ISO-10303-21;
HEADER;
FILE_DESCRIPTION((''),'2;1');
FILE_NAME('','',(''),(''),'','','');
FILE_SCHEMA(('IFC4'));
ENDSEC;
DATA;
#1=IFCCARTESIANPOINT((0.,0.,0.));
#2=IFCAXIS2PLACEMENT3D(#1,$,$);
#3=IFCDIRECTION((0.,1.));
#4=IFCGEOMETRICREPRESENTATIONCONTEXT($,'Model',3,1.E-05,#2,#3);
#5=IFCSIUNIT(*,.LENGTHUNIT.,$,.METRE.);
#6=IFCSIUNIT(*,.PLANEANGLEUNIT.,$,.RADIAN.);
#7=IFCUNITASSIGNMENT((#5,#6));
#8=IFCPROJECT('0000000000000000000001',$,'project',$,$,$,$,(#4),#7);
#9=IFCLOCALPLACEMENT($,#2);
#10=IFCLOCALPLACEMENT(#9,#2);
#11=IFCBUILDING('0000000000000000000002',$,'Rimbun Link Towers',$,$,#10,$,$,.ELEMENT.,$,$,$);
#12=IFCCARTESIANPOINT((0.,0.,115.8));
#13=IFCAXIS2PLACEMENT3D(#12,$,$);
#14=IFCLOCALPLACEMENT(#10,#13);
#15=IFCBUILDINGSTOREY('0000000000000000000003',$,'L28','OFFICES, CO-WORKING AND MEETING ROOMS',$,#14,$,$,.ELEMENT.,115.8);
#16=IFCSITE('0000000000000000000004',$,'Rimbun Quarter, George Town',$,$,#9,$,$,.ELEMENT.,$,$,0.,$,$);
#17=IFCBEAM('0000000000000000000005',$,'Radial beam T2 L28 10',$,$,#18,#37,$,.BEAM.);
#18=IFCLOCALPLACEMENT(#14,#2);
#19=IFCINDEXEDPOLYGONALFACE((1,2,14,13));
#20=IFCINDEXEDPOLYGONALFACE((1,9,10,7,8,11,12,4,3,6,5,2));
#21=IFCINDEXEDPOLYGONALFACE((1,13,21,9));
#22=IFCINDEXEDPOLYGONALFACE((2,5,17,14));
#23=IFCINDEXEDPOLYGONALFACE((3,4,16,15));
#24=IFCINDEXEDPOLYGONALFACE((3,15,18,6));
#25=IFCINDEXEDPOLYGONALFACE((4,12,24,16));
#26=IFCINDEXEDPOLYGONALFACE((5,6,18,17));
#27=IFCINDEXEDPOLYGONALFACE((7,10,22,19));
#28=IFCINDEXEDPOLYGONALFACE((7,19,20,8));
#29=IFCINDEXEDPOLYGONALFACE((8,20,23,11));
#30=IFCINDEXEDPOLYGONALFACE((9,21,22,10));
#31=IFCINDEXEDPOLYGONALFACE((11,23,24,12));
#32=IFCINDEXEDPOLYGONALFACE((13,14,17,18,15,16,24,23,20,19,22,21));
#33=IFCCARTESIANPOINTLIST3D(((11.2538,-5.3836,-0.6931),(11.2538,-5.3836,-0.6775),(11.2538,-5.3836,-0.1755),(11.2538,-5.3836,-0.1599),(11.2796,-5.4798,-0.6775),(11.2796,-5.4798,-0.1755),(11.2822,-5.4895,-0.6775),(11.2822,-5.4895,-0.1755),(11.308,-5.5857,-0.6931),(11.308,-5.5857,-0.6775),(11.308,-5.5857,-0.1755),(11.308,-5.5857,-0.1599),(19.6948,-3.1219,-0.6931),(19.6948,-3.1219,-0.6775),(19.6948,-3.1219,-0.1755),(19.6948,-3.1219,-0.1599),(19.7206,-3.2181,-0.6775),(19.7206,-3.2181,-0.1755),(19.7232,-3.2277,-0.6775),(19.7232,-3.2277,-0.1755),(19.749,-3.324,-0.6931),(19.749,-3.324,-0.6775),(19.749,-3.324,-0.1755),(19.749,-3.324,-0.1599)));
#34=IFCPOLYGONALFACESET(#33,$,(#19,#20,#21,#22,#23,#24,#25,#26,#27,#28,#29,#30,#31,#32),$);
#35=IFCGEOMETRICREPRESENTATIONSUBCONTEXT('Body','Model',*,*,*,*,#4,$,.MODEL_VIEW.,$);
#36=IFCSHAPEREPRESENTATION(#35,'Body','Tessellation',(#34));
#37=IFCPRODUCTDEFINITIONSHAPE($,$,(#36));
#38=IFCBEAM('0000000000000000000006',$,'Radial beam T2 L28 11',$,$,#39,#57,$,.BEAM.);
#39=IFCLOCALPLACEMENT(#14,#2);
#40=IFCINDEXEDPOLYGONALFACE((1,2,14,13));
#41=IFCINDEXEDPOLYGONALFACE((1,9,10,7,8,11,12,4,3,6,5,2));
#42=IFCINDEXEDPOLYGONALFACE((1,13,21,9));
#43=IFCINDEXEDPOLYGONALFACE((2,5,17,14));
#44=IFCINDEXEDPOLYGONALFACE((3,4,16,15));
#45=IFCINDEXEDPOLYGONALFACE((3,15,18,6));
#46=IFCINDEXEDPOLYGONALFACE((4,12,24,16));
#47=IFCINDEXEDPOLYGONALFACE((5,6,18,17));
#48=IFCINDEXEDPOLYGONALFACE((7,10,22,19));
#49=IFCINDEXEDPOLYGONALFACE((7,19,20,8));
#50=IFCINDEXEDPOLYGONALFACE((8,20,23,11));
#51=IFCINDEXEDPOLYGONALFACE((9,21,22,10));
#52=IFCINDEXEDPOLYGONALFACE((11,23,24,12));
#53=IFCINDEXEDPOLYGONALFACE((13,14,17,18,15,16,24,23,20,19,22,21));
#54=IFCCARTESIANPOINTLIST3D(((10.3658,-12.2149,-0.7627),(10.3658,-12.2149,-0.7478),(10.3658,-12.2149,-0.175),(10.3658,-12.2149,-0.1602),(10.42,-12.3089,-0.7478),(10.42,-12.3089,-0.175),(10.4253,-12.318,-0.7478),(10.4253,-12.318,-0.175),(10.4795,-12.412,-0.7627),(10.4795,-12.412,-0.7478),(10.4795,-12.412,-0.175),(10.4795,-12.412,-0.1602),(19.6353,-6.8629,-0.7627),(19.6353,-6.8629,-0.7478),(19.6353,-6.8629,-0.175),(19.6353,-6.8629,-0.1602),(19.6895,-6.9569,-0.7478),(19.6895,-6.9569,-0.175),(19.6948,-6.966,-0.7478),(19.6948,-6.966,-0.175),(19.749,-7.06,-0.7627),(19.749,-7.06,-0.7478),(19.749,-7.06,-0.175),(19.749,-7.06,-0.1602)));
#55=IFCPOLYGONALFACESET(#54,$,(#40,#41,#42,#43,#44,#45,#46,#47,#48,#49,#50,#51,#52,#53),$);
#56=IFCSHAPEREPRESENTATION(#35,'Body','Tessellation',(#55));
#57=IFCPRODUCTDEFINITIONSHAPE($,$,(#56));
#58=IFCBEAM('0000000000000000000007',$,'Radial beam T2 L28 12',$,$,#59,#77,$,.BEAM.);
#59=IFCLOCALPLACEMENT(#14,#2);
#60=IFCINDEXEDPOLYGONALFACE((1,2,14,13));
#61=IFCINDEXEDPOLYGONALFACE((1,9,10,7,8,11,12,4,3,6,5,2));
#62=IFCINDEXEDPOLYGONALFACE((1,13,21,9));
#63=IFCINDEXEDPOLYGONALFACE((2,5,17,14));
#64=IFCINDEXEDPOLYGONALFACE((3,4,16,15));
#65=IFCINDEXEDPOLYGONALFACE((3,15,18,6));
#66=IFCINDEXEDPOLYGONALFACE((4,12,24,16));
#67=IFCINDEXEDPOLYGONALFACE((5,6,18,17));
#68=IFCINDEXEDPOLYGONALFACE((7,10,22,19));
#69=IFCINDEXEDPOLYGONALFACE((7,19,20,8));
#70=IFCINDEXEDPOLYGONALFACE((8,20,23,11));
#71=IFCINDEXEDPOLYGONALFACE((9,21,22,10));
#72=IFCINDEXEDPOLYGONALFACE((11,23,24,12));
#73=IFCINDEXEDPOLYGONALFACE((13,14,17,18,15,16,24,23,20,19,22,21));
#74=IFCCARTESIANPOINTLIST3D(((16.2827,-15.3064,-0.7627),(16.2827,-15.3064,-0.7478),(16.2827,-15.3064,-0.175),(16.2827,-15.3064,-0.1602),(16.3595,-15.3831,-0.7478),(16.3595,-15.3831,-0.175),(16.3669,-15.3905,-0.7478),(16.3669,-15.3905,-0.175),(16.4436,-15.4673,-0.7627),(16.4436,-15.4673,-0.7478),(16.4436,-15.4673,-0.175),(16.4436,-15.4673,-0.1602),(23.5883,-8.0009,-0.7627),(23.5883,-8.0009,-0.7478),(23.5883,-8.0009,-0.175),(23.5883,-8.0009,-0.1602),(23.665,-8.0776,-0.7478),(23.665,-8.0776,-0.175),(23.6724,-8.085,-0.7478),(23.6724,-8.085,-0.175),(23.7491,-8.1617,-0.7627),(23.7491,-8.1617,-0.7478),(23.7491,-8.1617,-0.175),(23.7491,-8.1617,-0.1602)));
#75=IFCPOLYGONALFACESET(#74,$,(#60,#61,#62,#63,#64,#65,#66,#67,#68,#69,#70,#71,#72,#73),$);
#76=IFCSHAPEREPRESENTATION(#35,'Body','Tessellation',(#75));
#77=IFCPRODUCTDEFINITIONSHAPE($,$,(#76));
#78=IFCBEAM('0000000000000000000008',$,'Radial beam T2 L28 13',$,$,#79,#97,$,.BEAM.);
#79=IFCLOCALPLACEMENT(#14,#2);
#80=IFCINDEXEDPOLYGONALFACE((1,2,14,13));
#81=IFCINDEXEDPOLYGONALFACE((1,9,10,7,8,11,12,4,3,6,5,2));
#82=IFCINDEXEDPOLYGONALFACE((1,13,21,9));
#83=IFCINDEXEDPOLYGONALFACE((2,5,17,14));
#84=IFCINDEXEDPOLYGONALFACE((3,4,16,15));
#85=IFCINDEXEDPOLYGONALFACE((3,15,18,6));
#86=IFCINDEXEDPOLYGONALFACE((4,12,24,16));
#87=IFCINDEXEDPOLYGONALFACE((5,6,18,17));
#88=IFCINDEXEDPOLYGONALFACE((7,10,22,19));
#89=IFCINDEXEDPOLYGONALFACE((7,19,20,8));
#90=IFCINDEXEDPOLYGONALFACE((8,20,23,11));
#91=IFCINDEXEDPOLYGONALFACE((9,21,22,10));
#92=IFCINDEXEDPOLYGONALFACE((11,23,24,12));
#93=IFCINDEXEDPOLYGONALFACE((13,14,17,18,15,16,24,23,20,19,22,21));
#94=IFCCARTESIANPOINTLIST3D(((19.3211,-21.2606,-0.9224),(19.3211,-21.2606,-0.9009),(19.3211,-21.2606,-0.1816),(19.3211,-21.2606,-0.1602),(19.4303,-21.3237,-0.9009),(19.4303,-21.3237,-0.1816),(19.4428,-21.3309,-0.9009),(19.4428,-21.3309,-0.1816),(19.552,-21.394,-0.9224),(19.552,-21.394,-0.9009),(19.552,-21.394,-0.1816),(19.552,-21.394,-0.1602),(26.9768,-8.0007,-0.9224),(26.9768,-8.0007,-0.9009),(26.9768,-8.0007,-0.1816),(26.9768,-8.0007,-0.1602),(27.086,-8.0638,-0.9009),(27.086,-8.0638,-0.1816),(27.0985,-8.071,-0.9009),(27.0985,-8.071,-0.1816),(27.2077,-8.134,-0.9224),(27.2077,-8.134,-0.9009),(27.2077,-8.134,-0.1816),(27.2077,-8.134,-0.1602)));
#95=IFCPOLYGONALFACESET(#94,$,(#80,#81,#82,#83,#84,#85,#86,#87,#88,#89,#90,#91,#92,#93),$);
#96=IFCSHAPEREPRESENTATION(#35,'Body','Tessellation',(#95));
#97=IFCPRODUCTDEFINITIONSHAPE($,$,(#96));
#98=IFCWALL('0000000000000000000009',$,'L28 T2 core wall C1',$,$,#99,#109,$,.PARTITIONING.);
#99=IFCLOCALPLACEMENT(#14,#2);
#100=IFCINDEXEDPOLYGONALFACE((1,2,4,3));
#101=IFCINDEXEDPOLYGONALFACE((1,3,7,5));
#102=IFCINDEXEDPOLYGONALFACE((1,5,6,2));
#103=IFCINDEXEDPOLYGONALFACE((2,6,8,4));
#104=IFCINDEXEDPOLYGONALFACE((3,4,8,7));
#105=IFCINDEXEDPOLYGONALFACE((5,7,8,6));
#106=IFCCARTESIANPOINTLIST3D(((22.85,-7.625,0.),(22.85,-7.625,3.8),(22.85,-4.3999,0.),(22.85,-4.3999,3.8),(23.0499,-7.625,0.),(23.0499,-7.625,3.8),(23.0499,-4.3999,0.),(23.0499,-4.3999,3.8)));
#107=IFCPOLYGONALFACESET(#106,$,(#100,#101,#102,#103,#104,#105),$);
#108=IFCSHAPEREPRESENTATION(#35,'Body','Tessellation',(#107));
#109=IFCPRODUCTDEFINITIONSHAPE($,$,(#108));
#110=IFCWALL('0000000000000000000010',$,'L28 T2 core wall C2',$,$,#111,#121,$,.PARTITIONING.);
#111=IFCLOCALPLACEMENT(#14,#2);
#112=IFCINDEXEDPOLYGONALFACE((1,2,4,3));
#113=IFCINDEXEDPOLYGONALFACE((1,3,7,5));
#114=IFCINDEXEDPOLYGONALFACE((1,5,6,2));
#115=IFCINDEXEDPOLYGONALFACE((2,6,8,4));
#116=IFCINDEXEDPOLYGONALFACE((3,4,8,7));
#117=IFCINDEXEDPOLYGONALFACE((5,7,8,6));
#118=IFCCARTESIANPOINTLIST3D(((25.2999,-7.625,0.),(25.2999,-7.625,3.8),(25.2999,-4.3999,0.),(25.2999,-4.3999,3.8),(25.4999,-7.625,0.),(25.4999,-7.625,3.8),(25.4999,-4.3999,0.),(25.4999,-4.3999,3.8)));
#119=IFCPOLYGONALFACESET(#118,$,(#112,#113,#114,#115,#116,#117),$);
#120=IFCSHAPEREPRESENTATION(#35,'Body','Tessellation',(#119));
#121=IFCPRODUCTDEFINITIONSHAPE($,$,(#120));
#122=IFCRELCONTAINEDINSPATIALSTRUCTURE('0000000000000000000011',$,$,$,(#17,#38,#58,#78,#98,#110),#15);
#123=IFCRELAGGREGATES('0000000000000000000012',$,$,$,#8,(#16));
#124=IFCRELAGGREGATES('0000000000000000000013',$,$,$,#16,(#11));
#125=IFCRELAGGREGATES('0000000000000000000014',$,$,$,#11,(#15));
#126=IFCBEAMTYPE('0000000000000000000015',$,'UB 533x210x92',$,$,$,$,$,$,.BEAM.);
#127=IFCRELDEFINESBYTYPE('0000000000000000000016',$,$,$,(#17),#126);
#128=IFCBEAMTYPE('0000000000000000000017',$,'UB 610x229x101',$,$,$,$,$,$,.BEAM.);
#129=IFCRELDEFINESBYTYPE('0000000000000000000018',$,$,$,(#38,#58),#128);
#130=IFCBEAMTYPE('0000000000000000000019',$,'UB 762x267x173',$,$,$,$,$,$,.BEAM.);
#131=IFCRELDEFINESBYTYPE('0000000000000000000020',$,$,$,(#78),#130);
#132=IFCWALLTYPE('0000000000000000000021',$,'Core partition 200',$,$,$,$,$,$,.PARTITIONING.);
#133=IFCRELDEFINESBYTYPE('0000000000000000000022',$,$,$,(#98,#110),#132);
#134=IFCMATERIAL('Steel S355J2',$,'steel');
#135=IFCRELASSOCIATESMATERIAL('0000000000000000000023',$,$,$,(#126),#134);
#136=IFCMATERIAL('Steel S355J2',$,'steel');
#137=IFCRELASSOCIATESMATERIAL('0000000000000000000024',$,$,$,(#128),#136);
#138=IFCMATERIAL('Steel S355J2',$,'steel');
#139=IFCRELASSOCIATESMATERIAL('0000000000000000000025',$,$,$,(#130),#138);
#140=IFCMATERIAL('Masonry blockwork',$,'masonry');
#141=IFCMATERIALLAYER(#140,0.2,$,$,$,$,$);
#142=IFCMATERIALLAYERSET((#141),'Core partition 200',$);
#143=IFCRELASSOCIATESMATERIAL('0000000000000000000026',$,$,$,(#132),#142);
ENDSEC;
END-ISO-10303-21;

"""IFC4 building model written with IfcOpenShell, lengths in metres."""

from ifc_helpers import new_model, si_unit, direction, frame, frame_2d, origin, origin_2d, place, context, subcontext, project, spatial, rectangle, i_section, extrude, material, layer, layer_set, material_profile, profile_set, type_object, element, save


model = new_model("IFC4")

# Units and contexts
model_context = context("Model", 3, precision=1e-05, world=origin(), true_north=direction((0.0, 1.0)))
body_context = subcontext(model_context, "Body", "Model", "MODEL_VIEW")
ifc_project = project(units=[si_unit("LENGTHUNIT", "METRE"), si_unit("PLANEANGLEUNIT", "RADIAN")], contexts=[model_context])

# Site, building, storey
site_placement = place(None, origin())
site = spatial("IfcSite", under=ifc_project, at=site_placement, Name="Rimbun Quarter, George Town", CompositionType="ELEMENT", RefElevation=0.0)
building_placement = place(site_placement, origin())
building = spatial("IfcBuilding", under=site, at=building_placement, Name="Rimbun Link Towers", CompositionType="ELEMENT")
storey_placement = place(building_placement, frame((0.0, 0.0, 115.8)))
storey = spatial("IfcBuildingStorey", under=building, at=storey_placement, Name="L28", Description="OFFICES, CO-WORKING AND MEETING ROOMS", CompositionType="ELEMENT", Elevation=115.8)

# Beams
ifc_material_1 = material(Name="Steel S355J2", Category="steel")
ifc_material_profile_1 = material_profile(ifc_material_1, i_section(OverallWidth=0.2092, OverallDepth=0.5332, WebThickness=0.01, FlangeThickness=0.0156, at=origin_2d()), Name="UB 533x210x92")
ifc_profile_set_1 = profile_set([ifc_material_profile_1], Name="Steel S355J2")
beam_type_1 = type_object("IfcBeamType", Name="UB 533x210x92", PredefinedType="BEAM", material=ifc_profile_set_1)
beam_1_placement = place(storey_placement, frame((19.7219, -3.2229, -0.4265), z_axis=(-0.965926, -0.258817, 0.0), x_axis=(0.258817, -0.965926, 0.0)))
element("IfcBeam", 1, at=beam_1_placement, inside=storey, type_object=beam_type_1, Name="Radial beam T2 L28 10", PredefinedType="BEAM", context=body_context, shape_type="SweptSolid", body=[
    extrude(i_section(OverallWidth=0.2092, OverallDepth=0.5332, WebThickness=0.01, FlangeThickness=0.0156, at=origin_2d()), origin(), (0.0, 0.0, 1.0), 8.7388),
])
ifc_material_2 = material(Name="Steel S355J2", Category="steel")
ifc_material_profile_2 = material_profile(ifc_material_2, i_section(OverallWidth=0.2275, OverallDepth=0.6025, WebThickness=0.0105, FlangeThickness=0.0149, at=origin_2d()), Name="UB 610x229x101")
ifc_profile_set_2 = profile_set([ifc_material_profile_2], Name="Steel S355J2")
beam_type_2 = type_object("IfcBeamType", Name="UB 610x229x101", PredefinedType="BEAM", material=ifc_profile_set_2)
beam_2_placement = place(storey_placement, frame((19.6921, -6.9614, -0.4614), z_axis=(-0.866014, -0.50002, 0.0), x_axis=(0.50002, -0.866014, 0.0)))
element("IfcBeam", 2, at=beam_2_placement, inside=storey, type_object=beam_type_2, Name="Radial beam T2 L28 11", PredefinedType="BEAM", context=body_context, shape_type="SweptSolid", body=[
    extrude(i_section(OverallWidth=0.2275, OverallDepth=0.6025, WebThickness=0.0105, FlangeThickness=0.0149, at=origin_2d()), origin(), (0.0, 0.0, 1.0), 10.7036),
])
beam_3_placement = place(storey_placement, frame((23.6687, -8.0813, -0.4614), z_axis=(-0.707107, -0.707107, 0.0), x_axis=(0.707107, -0.707107, 0.0)))
element("IfcBeam", 3, at=beam_3_placement, inside=storey, type_object=beam_type_2, Name="Radial beam T2 L28 12", PredefinedType="BEAM", context=body_context, shape_type="SweptSolid", body=[
    extrude(i_section(OverallWidth=0.2275, OverallDepth=0.6025, WebThickness=0.0105, FlangeThickness=0.0149, at=origin_2d()), origin(), (0.0, 0.0, 1.0), 10.3315),
])
ifc_material_3 = material(Name="Steel S355J2", Category="steel")
ifc_material_profile_3 = material_profile(ifc_material_3, i_section(OverallWidth=0.2666, OverallDepth=0.7622, WebThickness=0.0144, FlangeThickness=0.0215, at=origin_2d()), Name="UB 762x267x173")
ifc_profile_set_3 = profile_set([ifc_material_profile_3], Name="Steel S355J2")
beam_type_3 = type_object("IfcBeamType", Name="UB 762x267x173", PredefinedType="BEAM", material=ifc_profile_set_3)
beam_4_placement = place(storey_placement, frame((27.0923, -8.0674, -0.5413), z_axis=(-0.500004, -0.866023, 0.0), x_axis=(0.866023, -0.500004, 0.0)))
element("IfcBeam", 4, at=beam_4_placement, inside=storey, type_object=beam_type_3, Name="Radial beam T2 L28 13", PredefinedType="BEAM", context=body_context, shape_type="SweptSolid", body=[
    extrude(i_section(OverallWidth=0.2666, OverallDepth=0.7622, WebThickness=0.0144, FlangeThickness=0.0215, at=origin_2d()), origin(), (0.0, 0.0, 1.0), 15.3113),
])

# Walls
ifc_material_4 = material(Name="Masonry blockwork", Category="masonry")
ifc_layer_1 = layer(ifc_material_4, 0.2)
ifc_layer_set_1 = layer_set([ifc_layer_1], Name="Core partition 200")
wall_type_1 = type_object("IfcWallType", Name="Core partition 200", PredefinedType="PARTITIONING", material=ifc_layer_set_1)
for number, where, z_axis, x_axis, name in (
    (5, (22.95, -4.3999, 0.0), (0.0, 0.0, 1.0), (0.0, -1.0, 0.0), "L28 T2 core wall C1"),
    (6, (25.3999, -4.3999, 0.0), (0.0, 0.0, 1.0), (0.0, -1.0, 0.0), "L28 T2 core wall C2"),
):
    element("IfcWall", number, at=place(storey_placement, frame(where, z_axis=z_axis, x_axis=x_axis)), inside=storey, type_object=wall_type_1, Name=name, PredefinedType="PARTITIONING", context=body_context, shape_type="SweptSolid", body=[
        extrude(rectangle(XDim=3.2251, YDim=0.2, at=frame_2d((1.6125, 0.0))), origin(), (0.0, 0.0, 1.0), 3.8),
    ])

save(model, "model.ifc")
